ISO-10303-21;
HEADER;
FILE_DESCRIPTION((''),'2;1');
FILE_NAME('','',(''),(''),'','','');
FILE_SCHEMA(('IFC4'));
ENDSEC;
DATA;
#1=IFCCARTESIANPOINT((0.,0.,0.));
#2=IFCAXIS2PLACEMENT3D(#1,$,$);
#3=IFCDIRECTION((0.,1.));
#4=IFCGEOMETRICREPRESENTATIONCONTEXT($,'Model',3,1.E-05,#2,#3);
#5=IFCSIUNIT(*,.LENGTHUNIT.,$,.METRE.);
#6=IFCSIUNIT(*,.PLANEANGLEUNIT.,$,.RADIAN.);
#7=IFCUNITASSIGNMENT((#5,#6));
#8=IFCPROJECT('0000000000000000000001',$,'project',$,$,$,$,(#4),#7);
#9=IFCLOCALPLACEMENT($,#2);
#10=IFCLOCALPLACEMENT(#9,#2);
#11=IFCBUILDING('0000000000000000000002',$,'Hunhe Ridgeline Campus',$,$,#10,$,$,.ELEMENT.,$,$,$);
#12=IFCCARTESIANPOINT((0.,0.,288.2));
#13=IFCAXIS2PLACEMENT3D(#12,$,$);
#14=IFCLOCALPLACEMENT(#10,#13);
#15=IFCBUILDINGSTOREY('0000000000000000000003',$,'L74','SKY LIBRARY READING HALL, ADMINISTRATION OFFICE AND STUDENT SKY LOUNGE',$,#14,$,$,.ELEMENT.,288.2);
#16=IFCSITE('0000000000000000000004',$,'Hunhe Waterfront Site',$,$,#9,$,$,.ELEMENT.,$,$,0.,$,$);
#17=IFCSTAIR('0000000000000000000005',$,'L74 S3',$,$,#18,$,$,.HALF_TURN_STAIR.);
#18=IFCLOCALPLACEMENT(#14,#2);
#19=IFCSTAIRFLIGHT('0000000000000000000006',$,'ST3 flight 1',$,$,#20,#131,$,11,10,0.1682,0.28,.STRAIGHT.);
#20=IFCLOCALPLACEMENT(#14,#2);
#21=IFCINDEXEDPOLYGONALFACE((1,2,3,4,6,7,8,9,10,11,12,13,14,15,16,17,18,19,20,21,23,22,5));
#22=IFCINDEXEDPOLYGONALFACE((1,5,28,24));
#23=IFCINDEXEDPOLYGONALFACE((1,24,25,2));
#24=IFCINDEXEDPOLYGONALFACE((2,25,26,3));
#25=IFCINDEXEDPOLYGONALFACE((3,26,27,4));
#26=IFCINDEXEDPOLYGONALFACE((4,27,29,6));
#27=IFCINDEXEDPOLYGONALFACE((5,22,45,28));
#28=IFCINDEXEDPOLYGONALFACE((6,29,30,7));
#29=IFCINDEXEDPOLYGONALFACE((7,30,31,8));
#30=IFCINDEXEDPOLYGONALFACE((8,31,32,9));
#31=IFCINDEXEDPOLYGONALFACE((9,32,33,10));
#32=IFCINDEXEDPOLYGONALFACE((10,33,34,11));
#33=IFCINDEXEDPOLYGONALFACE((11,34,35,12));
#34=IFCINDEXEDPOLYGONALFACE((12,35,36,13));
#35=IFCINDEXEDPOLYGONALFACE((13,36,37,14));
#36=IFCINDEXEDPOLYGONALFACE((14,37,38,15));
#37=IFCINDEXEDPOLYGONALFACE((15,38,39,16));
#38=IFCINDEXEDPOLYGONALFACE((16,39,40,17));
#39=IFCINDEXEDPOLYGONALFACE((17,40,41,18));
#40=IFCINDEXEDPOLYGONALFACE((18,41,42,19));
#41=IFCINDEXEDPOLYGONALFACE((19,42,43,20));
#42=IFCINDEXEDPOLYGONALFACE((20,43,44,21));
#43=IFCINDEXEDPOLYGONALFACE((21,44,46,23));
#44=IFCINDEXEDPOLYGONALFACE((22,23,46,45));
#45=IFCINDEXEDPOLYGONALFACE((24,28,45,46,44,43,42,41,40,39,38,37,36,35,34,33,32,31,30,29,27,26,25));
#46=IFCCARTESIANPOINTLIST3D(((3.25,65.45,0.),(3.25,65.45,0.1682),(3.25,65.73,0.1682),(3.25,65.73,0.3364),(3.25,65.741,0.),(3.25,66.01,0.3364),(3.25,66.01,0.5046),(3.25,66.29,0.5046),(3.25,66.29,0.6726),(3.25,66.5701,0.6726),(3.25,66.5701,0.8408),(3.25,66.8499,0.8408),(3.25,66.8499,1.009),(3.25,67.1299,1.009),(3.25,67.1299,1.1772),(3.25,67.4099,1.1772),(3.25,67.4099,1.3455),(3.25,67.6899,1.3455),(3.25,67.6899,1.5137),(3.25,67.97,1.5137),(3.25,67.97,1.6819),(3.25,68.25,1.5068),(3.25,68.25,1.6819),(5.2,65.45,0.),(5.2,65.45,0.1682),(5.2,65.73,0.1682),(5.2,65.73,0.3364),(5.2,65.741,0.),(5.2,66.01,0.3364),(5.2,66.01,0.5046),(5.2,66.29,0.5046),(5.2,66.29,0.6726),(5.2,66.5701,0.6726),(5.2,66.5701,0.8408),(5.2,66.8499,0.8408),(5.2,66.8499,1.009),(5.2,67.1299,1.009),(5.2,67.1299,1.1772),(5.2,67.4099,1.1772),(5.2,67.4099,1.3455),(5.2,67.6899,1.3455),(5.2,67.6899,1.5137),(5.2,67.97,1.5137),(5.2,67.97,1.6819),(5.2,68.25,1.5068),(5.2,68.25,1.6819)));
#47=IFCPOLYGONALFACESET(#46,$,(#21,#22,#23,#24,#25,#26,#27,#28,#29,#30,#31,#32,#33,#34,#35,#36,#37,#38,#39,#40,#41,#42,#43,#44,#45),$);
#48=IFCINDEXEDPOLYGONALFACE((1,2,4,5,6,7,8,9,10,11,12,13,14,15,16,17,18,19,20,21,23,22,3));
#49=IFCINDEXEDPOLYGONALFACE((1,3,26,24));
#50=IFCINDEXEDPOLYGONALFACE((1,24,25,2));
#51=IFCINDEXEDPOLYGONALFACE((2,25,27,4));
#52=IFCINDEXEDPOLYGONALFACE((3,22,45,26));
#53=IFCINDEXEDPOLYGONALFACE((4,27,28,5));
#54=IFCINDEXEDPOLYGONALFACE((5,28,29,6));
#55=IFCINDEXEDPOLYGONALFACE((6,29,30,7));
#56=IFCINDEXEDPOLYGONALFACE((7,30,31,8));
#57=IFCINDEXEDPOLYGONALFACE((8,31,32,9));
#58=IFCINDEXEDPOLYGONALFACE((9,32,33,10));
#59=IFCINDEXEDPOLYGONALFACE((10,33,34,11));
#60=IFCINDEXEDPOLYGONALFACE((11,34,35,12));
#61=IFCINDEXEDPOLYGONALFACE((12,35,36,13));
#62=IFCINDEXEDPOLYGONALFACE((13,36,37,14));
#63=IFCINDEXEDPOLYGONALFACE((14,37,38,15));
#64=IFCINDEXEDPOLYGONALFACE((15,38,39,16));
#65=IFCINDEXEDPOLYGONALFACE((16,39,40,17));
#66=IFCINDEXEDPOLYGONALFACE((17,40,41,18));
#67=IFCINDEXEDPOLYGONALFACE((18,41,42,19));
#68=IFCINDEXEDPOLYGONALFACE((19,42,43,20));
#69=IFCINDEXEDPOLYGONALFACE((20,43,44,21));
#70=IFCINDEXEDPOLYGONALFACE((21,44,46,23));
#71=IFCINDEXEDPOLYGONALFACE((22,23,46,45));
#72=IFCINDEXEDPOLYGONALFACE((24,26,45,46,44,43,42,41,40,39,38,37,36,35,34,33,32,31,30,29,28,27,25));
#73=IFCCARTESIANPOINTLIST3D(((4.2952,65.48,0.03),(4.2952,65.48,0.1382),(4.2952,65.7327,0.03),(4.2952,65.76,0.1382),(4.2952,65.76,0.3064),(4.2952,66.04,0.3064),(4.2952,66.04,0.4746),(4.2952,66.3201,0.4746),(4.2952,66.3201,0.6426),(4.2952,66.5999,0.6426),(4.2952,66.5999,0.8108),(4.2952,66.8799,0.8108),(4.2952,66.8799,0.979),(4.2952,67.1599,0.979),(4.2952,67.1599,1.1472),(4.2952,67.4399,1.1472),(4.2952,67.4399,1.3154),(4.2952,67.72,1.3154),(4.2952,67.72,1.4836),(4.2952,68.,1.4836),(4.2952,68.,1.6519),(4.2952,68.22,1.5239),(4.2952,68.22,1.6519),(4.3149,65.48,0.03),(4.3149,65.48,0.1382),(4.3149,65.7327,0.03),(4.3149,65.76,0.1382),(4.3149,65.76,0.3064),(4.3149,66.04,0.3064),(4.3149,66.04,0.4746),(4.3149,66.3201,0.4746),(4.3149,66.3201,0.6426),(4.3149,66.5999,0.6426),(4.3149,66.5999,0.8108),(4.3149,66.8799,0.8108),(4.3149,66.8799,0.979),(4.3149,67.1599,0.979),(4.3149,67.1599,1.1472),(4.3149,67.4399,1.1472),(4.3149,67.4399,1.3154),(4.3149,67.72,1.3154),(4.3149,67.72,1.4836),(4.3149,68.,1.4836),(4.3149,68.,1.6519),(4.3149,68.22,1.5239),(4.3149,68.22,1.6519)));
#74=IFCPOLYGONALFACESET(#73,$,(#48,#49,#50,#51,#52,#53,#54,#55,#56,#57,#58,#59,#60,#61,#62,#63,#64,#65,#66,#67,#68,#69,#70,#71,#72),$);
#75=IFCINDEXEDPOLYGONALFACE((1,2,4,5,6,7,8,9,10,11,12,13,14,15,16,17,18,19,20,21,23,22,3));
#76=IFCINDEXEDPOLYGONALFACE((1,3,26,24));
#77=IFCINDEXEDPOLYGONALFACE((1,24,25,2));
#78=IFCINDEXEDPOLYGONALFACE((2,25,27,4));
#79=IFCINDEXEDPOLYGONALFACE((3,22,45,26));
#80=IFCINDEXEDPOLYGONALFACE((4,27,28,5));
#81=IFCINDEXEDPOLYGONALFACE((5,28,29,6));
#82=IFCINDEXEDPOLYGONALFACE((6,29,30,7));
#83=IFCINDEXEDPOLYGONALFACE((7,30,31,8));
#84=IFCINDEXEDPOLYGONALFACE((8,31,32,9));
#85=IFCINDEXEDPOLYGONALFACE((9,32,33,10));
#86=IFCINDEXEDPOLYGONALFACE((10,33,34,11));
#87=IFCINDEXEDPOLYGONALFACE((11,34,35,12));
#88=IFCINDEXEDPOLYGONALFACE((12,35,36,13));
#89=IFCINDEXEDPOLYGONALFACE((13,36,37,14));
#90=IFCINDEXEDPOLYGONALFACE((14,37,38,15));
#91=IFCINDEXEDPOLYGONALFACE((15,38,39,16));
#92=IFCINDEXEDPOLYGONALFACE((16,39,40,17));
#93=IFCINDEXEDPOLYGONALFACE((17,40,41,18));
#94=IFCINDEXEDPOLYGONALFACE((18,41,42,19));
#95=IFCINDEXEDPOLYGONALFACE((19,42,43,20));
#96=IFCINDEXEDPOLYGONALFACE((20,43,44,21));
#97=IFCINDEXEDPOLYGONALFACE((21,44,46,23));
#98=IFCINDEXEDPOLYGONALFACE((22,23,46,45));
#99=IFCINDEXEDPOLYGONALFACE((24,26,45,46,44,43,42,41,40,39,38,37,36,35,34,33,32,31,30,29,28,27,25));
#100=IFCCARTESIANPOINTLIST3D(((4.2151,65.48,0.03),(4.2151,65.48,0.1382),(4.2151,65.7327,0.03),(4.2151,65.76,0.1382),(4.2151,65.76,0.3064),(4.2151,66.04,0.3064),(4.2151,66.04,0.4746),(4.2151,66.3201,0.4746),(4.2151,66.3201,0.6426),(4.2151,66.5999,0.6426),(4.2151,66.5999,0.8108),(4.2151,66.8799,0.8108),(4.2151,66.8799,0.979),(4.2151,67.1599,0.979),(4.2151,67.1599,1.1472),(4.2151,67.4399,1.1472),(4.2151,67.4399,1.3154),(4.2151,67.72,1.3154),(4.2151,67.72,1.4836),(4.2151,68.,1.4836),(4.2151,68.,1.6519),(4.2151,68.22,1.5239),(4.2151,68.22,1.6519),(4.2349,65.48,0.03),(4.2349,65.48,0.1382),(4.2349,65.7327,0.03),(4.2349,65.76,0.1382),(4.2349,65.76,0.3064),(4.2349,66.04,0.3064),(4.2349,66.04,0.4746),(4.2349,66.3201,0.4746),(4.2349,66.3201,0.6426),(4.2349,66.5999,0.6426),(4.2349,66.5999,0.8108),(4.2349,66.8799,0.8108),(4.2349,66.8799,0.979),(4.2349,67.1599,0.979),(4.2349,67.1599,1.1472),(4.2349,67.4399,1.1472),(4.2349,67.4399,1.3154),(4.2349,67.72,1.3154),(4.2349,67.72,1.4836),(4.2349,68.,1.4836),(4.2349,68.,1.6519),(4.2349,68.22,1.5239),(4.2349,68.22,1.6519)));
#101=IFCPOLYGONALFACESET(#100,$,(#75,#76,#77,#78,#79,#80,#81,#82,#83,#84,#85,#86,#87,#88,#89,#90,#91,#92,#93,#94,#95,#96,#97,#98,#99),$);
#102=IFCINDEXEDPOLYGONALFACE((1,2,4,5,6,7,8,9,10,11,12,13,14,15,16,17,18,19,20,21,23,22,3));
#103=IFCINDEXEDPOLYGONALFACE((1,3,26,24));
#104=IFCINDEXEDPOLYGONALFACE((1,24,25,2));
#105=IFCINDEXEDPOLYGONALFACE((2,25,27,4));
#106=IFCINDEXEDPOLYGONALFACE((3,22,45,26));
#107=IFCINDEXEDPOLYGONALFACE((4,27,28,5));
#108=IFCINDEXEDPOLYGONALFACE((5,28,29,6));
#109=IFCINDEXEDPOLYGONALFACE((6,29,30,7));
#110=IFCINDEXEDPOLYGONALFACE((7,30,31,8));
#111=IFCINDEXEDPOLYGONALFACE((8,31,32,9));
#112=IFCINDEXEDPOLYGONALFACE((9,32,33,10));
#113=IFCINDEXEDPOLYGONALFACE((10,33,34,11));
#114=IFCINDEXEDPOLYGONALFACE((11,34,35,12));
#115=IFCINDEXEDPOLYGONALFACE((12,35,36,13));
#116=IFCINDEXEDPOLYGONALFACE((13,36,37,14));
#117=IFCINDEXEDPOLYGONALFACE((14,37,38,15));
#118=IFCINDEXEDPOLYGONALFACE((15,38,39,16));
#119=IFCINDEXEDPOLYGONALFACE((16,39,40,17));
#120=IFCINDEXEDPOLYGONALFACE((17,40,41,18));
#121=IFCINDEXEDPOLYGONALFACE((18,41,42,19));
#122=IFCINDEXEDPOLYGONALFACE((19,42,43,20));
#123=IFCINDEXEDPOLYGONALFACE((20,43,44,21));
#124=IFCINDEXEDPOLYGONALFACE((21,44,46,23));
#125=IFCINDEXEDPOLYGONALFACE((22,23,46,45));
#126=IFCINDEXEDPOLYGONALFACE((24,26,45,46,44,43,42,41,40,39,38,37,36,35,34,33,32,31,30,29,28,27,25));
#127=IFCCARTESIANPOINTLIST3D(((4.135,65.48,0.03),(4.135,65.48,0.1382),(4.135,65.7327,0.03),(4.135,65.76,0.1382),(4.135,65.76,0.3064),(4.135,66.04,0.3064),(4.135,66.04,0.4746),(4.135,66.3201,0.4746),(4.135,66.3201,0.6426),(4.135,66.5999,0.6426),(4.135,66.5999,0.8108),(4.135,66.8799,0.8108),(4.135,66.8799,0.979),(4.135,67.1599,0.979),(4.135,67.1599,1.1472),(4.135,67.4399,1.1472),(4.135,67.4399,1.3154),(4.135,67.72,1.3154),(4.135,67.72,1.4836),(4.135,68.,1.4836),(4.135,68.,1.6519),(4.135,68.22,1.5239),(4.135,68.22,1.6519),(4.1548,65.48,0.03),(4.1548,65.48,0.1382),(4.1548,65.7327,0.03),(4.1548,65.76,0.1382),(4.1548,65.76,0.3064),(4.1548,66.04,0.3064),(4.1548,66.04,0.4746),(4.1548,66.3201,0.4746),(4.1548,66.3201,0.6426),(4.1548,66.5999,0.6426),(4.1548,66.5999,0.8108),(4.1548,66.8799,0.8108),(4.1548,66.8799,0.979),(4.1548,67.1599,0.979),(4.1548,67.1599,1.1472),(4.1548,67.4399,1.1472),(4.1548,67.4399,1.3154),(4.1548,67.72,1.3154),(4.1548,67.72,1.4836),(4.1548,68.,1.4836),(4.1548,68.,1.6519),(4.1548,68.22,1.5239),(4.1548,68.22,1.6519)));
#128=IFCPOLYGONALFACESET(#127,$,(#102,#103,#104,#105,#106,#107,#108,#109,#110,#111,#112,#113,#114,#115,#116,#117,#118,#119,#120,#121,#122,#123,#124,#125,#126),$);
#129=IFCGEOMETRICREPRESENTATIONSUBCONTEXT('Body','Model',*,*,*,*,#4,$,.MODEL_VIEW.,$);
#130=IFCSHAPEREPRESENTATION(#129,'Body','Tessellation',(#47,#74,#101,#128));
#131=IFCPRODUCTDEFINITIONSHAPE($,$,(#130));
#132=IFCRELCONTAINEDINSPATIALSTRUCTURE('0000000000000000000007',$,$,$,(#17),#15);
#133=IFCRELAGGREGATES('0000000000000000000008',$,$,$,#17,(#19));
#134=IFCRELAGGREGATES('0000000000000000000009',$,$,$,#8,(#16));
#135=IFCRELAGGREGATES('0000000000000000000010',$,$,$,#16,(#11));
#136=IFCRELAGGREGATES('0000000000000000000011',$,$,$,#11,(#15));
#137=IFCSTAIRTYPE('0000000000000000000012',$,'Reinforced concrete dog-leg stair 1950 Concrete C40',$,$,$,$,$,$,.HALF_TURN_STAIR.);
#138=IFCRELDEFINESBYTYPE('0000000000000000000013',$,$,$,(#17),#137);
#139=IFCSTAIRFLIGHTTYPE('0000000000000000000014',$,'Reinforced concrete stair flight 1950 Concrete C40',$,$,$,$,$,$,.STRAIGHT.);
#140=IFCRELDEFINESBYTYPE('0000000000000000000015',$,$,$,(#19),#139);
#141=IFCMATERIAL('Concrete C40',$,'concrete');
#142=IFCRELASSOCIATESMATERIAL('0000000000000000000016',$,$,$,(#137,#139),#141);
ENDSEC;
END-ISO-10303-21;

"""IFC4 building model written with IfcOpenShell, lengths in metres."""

from ifc_helpers import new_model, si_unit, direction, frame, origin, place, context, subcontext, project, spatial, polyline, outline, extrude, material, type_object, element, aggregate, save


model = new_model("IFC4")

# Units and contexts
model_context = context("Model", 3, precision=1e-05, world=origin(), true_north=direction((0.0, 1.0)))
body_context = subcontext(model_context, "Body", "Model", "MODEL_VIEW")
ifc_project = project(units=[si_unit("LENGTHUNIT", "METRE"), si_unit("PLANEANGLEUNIT", "RADIAN")], contexts=[model_context])

# Site, building, storey
site_placement = place(None, origin())
site = spatial("IfcSite", under=ifc_project, at=site_placement, Name="Hunhe Waterfront Site", CompositionType="ELEMENT", RefElevation=0.0)
building_placement = place(site_placement, origin())
building = spatial("IfcBuilding", under=site, at=building_placement, Name="Hunhe Ridgeline Campus", CompositionType="ELEMENT")
storey_placement = place(building_placement, frame((0.0, 0.0, 288.2)))
storey = spatial("IfcBuildingStorey", under=building, at=storey_placement, Name="L74", Description="SKY LIBRARY READING HALL, ADMINISTRATION OFFICE AND STUDENT SKY LOUNGE", CompositionType="ELEMENT", Elevation=288.2)

# Stair, stair flight
ifc_material_1 = material(Name="Concrete C40", Category="concrete")
stair_type = type_object("IfcStairType", Name="Reinforced concrete dog-leg stair 1950 Concrete C40", PredefinedType="HALF_TURN_STAIR", material=ifc_material_1)
stair_1_placement = place(storey_placement, origin())
stair_1 = element("IfcStair", 1, at=stair_1_placement, inside=storey, type_object=stair_type, Name="L74 S3", PredefinedType="HALF_TURN_STAIR")
stair_flight_type = type_object("IfcStairFlightType", Name="Reinforced concrete stair flight 1950 Concrete C40", PredefinedType="STRAIGHT", material=ifc_material_1)
stair_flight_1_placement = place(storey_placement, frame((4.2251, 65.45, 0.0), z_axis=(0.0, 0.0, 1.0), x_axis=(0.0, 1.0, 0.0)))
stair_flight_1 = element("IfcStairFlight", 2, at=stair_flight_1_placement, type_object=stair_flight_type, Name="ST3 flight 1", NumberOfRisers=11, NumberOfTreads=10, PredefinedType="STRAIGHT", RiserHeight=0.1682, TreadLength=0.28, context=body_context, shape_type="SweptSolid", body=[
    extrude(outline(polyline([(0.0, 0.0), (0.0, 0.1682), (0.28, 0.1682), (0.28, 0.3364), (0.5601, 0.3364), (0.5601, 0.5046), (0.8401, 0.5046), (0.8401, 0.6726), (1.1201, 0.6726), (1.1201, 0.8408), (1.3999, 0.8408), (1.3999, 1.009), (1.6799, 1.009), (1.6799, 1.1772), (1.96, 1.1772), (1.96, 1.3455), (2.24, 1.3455), (2.24, 1.5137), (2.52, 1.5137), (2.52, 1.6819), (2.8, 1.6819), (2.8, 1.8501), (2.8, 1.5068), (0.291, 0.0), (0.0, 0.0)])), frame((0.0, 0.9751, 0.0), z_axis=(0.0, -1.0, 0.0), x_axis=(1.0, 0.0, 0.0)), (0.0, 0.0, 1.0), 1.95),
    extrude(outline(polyline([(0.03, 0.03), (0.03, 0.1382), (0.3101, 0.1382), (0.3101, 0.3064), (0.5901, 0.3064), (0.5901, 0.4746), (0.8701, 0.4746), (0.8701, 0.6426), (1.1499, 0.6426), (1.1499, 0.8108), (1.4299, 0.8108), (1.4299, 0.979), (1.71, 0.979), (1.71, 1.1472), (1.99, 1.1472), (1.99, 1.3154), (2.27, 1.3154), (2.27, 1.4836), (2.55, 1.4836), (2.55, 1.6519), (2.77, 1.6519), (2.77, 1.5239), (0.2827, 0.03), (0.03, 0.03)])), frame((0.0, -0.0701, 0.0), z_axis=(0.0, -1.0, 0.0), x_axis=(1.0, 0.0, 0.0)), (0.0, 0.0, 1.0), 0.0198),
    extrude(outline(polyline([(0.03, 0.03), (0.03, 0.1382), (0.3101, 0.1382), (0.3101, 0.3064), (0.5901, 0.3064), (0.5901, 0.4746), (0.8701, 0.4746), (0.8701, 0.6426), (1.1499, 0.6426), (1.1499, 0.8108), (1.4299, 0.8108), (1.4299, 0.979), (1.71, 0.979), (1.71, 1.1472), (1.99, 1.1472), (1.99, 1.3154), (2.27, 1.3154), (2.27, 1.4836), (2.55, 1.4836), (2.55, 1.6519), (2.77, 1.6519), (2.77, 1.5239), (0.2827, 0.03), (0.03, 0.03)])), frame((0.0, 0.01, 0.0), z_axis=(0.0, -1.0, 0.0), x_axis=(1.0, 0.0, 0.0)), (0.0, 0.0, 1.0), 0.0198),
    extrude(outline(polyline([(0.03, 0.03), (0.03, 0.1382), (0.3101, 0.1382), (0.3101, 0.3064), (0.5901, 0.3064), (0.5901, 0.4746), (0.8701, 0.4746), (0.8701, 0.6426), (1.1499, 0.6426), (1.1499, 0.8108), (1.4299, 0.8108), (1.4299, 0.979), (1.71, 0.979), (1.71, 1.1472), (1.99, 1.1472), (1.99, 1.3154), (2.27, 1.3154), (2.27, 1.4836), (2.55, 1.4836), (2.55, 1.6519), (2.77, 1.6519), (2.77, 1.5239), (0.2827, 0.03), (0.03, 0.03)])), frame((0.0, 0.0901, 0.0), z_axis=(0.0, -1.0, 0.0), x_axis=(1.0, 0.0, 0.0)), (0.0, 0.0, 1.0), 0.0198),
])
aggregate(stair_1, [stair_flight_1])

save(model, "model.ifc")
